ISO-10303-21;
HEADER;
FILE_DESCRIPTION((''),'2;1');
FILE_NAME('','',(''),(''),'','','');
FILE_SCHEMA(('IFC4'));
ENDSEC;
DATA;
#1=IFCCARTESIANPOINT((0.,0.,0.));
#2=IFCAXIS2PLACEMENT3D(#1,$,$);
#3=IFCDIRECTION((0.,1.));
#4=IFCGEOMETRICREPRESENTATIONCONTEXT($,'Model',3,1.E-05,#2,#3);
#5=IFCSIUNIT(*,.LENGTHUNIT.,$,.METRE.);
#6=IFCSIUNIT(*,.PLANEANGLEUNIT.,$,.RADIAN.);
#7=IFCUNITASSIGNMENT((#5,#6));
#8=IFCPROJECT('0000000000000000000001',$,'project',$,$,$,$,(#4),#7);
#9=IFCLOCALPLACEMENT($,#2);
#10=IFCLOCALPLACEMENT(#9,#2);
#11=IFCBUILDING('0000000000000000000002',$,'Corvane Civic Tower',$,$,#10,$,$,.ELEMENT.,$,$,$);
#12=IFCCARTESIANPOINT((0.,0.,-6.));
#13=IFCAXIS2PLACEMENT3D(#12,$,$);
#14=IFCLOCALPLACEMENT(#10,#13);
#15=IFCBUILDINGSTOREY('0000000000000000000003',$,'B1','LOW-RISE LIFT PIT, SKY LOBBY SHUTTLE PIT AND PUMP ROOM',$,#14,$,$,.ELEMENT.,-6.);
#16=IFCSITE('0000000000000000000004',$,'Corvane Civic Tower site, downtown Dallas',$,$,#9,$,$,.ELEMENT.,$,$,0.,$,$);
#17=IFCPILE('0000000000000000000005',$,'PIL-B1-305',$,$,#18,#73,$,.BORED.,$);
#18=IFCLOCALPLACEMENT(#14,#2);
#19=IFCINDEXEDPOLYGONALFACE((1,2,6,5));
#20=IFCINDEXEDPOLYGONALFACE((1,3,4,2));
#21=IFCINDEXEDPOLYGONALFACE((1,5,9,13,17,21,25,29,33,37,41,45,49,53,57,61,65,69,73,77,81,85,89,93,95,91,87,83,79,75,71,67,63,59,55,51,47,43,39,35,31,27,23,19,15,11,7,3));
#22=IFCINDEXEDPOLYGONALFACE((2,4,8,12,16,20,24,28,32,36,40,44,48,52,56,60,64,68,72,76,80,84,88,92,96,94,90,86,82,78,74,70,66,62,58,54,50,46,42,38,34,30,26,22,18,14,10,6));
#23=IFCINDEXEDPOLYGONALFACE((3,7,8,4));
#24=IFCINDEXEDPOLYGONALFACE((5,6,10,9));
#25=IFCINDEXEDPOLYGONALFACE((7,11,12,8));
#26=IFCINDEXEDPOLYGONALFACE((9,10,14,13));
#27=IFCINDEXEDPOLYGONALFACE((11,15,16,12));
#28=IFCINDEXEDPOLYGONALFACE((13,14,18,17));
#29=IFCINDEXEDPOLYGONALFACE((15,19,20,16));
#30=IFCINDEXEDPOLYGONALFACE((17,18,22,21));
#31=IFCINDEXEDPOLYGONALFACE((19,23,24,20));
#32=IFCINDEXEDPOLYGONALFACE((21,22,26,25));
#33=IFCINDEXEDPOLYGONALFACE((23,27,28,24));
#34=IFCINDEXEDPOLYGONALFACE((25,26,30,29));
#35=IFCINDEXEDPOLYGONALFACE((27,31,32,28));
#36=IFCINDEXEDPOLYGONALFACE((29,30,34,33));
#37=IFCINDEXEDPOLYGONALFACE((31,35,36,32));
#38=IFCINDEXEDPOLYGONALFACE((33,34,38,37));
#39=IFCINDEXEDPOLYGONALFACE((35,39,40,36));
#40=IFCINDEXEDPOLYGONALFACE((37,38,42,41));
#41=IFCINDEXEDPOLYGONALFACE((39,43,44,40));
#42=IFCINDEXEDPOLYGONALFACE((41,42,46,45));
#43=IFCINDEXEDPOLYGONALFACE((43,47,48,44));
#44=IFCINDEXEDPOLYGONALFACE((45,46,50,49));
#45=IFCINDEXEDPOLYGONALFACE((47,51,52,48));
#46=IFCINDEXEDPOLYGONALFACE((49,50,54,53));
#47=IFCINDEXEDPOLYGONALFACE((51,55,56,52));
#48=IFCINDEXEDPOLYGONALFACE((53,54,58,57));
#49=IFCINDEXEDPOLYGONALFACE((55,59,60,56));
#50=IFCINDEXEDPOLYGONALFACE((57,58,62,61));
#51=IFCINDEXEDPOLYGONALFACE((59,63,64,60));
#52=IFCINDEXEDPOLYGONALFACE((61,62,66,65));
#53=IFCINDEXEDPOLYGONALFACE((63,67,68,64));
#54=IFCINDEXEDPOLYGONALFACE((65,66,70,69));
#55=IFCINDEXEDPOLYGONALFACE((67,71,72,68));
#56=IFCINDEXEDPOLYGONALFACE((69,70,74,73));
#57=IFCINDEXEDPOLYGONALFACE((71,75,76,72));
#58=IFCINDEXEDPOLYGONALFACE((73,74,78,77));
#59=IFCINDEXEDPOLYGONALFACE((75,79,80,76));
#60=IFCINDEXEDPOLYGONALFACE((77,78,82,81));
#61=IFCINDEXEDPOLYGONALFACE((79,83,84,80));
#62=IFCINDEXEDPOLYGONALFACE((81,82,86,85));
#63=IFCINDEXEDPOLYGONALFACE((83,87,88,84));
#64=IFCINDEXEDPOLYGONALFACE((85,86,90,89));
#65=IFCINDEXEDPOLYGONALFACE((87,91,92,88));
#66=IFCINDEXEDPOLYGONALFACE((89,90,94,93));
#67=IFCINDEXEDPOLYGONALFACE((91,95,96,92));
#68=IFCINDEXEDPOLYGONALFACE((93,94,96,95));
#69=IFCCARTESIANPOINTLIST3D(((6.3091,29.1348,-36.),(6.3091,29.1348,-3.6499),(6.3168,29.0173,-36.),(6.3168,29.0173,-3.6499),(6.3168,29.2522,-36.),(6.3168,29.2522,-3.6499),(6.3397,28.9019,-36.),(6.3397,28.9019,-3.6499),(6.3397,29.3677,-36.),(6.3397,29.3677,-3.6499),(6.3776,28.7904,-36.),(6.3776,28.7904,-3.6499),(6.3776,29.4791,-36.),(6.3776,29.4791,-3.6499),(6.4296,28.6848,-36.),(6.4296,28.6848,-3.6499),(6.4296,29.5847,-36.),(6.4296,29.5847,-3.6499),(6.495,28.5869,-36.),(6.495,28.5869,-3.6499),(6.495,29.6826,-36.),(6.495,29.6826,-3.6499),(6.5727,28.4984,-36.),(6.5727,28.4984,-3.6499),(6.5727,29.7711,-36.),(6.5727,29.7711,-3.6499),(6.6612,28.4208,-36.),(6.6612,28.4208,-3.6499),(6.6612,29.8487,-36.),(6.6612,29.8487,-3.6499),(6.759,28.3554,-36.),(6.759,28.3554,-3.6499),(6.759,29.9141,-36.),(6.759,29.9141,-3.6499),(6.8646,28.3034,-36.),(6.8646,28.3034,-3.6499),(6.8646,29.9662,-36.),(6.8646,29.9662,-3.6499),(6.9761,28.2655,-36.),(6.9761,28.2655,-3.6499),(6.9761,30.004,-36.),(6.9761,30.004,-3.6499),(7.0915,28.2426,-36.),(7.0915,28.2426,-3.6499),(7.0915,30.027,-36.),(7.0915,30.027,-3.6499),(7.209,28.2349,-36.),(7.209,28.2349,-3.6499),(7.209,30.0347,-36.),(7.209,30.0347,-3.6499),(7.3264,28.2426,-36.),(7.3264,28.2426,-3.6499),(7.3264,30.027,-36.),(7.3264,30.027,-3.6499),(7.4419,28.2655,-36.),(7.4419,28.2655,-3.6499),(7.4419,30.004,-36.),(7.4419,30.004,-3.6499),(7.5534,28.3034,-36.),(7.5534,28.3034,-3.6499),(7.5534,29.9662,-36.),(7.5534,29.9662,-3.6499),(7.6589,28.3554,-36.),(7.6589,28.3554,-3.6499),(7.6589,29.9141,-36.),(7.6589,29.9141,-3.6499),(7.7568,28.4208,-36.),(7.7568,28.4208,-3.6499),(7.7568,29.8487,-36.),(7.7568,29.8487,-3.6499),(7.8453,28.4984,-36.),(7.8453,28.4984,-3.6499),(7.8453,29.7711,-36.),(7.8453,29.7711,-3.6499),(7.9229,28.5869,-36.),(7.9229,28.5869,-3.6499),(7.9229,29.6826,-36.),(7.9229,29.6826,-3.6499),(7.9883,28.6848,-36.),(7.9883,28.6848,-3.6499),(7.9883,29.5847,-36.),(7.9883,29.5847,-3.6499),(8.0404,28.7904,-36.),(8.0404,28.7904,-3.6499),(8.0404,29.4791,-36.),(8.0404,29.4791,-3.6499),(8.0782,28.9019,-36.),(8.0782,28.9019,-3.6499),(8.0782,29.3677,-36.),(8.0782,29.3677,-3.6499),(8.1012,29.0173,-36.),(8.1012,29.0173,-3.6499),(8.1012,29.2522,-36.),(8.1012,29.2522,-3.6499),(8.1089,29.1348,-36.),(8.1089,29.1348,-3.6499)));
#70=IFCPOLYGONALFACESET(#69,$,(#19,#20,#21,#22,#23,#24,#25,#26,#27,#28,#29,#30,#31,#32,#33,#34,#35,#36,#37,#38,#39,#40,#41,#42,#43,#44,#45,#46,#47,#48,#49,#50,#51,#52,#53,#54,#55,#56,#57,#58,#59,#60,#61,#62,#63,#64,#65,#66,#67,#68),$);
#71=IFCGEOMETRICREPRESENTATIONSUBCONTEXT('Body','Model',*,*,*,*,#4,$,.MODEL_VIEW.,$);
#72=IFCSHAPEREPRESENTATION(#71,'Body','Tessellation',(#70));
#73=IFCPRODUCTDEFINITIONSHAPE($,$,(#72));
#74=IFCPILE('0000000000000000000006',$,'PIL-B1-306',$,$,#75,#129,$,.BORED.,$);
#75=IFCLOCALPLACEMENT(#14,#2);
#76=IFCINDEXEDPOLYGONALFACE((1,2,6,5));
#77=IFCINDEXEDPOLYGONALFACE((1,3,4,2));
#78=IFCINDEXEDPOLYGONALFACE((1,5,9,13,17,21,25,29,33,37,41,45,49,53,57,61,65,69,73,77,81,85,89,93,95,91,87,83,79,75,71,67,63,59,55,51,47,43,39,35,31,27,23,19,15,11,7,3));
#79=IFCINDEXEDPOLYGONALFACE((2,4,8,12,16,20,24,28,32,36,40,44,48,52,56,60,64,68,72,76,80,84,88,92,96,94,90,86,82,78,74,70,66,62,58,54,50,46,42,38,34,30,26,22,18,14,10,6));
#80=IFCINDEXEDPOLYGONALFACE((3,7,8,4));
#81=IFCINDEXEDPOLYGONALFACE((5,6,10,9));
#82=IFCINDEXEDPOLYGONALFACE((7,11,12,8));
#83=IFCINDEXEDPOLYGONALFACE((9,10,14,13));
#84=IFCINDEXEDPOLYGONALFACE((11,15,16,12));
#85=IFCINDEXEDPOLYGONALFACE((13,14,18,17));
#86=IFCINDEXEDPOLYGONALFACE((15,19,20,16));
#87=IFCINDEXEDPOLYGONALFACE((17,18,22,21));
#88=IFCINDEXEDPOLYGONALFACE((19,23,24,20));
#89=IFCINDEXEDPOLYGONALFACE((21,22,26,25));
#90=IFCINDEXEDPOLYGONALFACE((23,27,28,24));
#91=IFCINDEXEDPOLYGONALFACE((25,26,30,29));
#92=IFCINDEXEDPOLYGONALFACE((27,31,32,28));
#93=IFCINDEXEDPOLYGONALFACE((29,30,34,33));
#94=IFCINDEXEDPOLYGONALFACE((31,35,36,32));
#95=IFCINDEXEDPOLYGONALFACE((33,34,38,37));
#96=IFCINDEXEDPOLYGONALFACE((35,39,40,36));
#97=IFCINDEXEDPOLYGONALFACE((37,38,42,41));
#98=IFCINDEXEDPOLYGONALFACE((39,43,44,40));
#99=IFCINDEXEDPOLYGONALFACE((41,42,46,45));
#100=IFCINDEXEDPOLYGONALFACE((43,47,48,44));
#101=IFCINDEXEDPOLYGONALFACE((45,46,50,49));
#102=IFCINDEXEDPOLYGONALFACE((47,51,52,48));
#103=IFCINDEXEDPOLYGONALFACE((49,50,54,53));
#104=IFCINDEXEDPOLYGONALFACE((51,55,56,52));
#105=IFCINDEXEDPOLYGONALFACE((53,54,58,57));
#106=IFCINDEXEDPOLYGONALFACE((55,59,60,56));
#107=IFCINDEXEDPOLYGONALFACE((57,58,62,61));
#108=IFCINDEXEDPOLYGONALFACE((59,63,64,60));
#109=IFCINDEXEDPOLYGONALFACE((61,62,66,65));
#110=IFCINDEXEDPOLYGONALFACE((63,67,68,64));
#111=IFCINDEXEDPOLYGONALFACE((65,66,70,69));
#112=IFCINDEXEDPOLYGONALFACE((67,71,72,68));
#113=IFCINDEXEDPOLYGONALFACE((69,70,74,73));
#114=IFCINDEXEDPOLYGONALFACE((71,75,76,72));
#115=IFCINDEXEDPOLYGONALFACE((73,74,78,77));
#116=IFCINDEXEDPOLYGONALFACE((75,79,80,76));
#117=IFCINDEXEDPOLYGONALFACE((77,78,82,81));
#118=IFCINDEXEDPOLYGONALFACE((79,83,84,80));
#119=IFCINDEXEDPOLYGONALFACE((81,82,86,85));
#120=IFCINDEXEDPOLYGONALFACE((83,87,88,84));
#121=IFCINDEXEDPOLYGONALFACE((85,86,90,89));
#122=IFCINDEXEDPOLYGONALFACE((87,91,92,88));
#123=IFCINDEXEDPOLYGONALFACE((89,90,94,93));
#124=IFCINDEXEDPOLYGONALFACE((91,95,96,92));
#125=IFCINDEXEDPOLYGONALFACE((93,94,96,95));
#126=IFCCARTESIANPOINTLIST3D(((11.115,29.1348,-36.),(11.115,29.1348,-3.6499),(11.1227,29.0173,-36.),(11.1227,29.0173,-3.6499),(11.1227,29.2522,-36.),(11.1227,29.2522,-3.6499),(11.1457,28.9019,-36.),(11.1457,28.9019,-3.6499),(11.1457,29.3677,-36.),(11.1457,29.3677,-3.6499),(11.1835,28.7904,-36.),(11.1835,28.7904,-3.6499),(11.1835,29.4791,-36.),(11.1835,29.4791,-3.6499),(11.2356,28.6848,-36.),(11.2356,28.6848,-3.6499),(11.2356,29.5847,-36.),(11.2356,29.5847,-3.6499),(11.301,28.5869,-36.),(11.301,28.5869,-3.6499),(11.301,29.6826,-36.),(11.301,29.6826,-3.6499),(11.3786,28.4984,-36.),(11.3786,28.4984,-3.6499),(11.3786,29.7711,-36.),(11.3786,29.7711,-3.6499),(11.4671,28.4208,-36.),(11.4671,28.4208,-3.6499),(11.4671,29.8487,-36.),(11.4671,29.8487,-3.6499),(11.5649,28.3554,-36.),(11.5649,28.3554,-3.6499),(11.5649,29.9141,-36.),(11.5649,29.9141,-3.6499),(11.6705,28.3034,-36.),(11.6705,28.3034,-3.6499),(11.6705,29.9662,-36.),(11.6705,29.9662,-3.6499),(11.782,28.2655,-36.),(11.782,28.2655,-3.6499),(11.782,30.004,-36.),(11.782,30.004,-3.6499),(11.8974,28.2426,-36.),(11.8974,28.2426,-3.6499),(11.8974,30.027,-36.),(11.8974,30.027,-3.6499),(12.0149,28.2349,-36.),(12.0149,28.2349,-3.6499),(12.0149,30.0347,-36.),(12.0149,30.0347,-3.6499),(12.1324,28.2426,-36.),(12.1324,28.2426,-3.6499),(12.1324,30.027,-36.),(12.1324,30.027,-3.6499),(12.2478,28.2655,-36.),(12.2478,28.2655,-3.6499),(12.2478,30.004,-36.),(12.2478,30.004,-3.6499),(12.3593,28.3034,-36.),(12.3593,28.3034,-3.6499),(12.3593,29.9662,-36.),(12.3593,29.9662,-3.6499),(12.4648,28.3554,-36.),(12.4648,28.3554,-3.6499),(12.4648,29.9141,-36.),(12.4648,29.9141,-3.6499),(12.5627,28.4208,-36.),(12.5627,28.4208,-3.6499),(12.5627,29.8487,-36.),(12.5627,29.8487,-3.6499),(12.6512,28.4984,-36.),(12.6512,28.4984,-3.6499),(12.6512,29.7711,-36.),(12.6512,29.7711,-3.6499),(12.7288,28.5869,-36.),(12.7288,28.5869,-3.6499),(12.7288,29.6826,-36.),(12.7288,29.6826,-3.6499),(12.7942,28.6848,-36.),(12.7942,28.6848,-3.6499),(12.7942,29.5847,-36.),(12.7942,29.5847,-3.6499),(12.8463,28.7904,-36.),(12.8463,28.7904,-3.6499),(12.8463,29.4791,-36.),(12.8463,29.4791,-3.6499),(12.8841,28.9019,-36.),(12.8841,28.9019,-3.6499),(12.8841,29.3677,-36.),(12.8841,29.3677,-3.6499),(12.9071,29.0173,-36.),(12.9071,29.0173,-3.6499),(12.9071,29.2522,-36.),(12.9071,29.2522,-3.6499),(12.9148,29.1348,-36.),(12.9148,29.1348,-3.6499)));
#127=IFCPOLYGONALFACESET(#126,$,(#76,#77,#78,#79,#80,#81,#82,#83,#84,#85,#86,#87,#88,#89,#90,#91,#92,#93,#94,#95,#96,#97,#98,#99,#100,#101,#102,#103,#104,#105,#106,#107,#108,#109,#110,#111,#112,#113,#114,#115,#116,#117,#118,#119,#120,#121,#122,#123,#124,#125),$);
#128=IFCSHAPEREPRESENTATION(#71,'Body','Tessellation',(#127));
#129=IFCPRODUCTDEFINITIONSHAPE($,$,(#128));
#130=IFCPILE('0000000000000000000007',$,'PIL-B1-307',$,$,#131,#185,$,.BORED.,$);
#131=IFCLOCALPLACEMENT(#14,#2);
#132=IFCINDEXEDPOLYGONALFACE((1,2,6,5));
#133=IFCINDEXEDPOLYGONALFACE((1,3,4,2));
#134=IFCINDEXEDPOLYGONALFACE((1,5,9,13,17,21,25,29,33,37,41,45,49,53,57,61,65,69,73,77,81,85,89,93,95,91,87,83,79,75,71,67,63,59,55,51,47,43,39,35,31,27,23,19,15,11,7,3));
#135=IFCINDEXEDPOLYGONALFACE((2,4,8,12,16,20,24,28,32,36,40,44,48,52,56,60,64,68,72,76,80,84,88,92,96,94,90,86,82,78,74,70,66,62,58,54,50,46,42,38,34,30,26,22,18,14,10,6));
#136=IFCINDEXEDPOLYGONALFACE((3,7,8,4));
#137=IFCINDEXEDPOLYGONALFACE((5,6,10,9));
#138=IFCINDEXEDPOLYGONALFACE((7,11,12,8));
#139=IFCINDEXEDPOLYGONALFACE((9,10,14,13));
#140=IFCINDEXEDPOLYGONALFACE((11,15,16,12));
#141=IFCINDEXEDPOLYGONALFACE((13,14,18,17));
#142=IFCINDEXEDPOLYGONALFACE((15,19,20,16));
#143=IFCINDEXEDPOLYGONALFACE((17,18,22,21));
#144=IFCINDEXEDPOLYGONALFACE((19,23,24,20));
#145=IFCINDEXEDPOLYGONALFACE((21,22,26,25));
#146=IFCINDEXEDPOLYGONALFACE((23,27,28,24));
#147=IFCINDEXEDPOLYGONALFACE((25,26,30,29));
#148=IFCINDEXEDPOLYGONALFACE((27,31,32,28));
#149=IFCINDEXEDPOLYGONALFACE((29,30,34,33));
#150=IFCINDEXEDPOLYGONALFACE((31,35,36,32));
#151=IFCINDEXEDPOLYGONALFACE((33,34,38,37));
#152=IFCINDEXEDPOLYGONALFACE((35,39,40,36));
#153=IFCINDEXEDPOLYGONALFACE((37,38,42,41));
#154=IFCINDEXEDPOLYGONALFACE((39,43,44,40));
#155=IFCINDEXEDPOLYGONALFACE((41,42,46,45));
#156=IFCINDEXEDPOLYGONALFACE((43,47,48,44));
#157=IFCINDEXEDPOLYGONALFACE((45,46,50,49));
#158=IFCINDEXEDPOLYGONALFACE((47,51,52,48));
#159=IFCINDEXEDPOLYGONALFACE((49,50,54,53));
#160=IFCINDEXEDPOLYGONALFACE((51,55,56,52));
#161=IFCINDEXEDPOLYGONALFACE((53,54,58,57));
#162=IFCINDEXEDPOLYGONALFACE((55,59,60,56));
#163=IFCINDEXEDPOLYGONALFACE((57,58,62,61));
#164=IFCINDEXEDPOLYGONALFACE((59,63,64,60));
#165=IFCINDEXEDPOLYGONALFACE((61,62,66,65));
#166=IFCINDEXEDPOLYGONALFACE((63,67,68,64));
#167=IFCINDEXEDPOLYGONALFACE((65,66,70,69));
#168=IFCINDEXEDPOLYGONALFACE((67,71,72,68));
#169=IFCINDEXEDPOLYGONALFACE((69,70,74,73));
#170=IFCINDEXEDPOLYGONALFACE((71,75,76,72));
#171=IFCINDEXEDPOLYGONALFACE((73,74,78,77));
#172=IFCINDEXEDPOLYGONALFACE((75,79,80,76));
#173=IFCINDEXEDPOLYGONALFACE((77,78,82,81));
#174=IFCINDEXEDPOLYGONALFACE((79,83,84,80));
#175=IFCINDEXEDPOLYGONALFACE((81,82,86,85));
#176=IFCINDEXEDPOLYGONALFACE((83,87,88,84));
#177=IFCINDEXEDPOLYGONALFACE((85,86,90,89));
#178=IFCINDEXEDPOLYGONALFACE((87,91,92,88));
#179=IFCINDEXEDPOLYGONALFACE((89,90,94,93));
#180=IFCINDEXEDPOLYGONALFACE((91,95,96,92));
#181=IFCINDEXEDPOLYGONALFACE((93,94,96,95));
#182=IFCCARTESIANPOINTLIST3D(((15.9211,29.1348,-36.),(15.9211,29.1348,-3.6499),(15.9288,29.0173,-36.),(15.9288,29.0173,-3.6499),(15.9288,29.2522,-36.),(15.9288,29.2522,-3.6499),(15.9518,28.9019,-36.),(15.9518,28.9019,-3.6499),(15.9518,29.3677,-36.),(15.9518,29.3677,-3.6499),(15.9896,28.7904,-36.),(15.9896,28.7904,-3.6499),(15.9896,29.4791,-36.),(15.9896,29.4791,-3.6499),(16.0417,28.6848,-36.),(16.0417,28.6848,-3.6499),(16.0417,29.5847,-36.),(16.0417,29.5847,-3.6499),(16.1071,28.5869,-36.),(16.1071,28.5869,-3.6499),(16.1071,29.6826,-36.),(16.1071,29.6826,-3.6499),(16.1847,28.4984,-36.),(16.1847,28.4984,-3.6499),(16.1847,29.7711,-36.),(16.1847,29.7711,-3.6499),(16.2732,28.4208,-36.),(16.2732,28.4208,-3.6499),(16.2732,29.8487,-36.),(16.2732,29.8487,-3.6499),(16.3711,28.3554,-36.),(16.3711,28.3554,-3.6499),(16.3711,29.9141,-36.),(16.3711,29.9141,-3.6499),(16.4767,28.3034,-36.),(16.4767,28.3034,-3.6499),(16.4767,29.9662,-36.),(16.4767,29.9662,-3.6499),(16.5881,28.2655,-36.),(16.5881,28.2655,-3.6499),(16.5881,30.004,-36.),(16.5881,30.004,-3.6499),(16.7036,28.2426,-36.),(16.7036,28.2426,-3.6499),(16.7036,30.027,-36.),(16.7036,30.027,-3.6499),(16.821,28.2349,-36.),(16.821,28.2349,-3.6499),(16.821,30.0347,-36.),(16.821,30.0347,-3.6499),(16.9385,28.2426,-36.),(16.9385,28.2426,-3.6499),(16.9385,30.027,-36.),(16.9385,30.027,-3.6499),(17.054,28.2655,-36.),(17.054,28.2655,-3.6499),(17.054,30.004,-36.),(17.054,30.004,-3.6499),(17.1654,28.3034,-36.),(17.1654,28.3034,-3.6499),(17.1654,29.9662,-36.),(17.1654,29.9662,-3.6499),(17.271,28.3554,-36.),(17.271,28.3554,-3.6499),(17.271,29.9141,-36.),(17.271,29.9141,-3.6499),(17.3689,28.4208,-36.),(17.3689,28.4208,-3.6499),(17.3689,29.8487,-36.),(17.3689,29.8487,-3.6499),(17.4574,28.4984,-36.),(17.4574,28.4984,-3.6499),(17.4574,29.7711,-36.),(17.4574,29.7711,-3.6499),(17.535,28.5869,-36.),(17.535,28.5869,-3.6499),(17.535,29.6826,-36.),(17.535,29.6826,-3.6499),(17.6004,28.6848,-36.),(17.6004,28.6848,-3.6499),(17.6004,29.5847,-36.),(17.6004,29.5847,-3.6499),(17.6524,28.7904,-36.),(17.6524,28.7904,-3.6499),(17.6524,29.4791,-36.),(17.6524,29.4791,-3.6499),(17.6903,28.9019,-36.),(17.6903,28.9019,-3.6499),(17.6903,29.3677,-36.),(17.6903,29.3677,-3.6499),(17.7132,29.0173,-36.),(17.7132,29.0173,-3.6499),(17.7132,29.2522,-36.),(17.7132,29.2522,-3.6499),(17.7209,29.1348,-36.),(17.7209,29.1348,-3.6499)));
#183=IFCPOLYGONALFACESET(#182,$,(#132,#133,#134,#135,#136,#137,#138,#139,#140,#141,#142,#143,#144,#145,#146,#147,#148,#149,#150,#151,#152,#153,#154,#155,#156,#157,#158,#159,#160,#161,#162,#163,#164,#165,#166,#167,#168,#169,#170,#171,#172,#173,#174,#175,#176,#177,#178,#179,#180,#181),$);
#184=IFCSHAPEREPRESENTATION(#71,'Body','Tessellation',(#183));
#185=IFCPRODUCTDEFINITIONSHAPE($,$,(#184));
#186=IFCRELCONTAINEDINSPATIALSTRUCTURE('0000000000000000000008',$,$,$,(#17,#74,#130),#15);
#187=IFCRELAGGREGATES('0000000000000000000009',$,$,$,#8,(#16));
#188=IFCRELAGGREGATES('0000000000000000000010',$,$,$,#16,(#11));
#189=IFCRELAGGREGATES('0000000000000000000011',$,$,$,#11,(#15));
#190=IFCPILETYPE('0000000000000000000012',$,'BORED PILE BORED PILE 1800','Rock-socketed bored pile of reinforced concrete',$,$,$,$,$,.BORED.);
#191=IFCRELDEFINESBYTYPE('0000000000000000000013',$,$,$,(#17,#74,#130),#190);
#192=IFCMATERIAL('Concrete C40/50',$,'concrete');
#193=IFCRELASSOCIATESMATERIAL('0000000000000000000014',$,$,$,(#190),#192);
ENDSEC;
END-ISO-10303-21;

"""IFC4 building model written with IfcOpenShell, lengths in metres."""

from ifc_helpers import new_model, si_unit, direction, frame, origin, origin_2d, place, context, subcontext, project, spatial, circle, extrude, material, material_profile, profile_set, type_object, element, save


model = new_model("IFC4")

# Units and contexts
model_context = context("Model", 3, precision=1e-05, world=origin(), true_north=direction((0.0, 1.0)))
body_context = subcontext(model_context, "Body", "Model", "MODEL_VIEW")
ifc_project = project(units=[si_unit("LENGTHUNIT", "METRE"), si_unit("PLANEANGLEUNIT", "RADIAN")], contexts=[model_context])

# Site, building, storey
site_placement = place(None, origin())
site = spatial("IfcSite", under=ifc_project, at=site_placement, Name="Corvane Civic Tower site, downtown Dallas", CompositionType="ELEMENT", RefElevation=0.0)
building_placement = place(site_placement, origin())
building = spatial("IfcBuilding", under=site, at=building_placement, Name="Corvane Civic Tower", CompositionType="ELEMENT")
storey_placement = place(building_placement, frame((0.0, 0.0, -6.0)))
storey = spatial("IfcBuildingStorey", under=building, at=storey_placement, Name="B1", Description="LOW-RISE LIFT PIT, SKY LOBBY SHUTTLE PIT AND PUMP ROOM", CompositionType="ELEMENT", Elevation=-6.0)

# Piles
ifc_material_1 = material(Name="Concrete C40/50", Category="concrete")
ifc_material_profile_1 = material_profile(ifc_material_1, circle(Radius=0.8999, at=origin_2d()), Name="BORED PILE 1800")
ifc_profile_set_1 = profile_set([ifc_material_profile_1], Name="Concrete C40/50")
pile_type_1 = type_object("IfcPileType", Name="BORED PILE BORED PILE 1800", Description="Rock-socketed bored pile of reinforced concrete", PredefinedType="BORED", material=ifc_profile_set_1)
for number, where, z_axis, x_axis, name in (
    (1, (7.209, 29.1348, -3.6499), (0.0, 0.0, -1.0), (1.0, 0.0, 0.0), "PIL-B1-305"),
    (2, (12.0149, 29.1348, -3.6499), (0.0, 0.0, -1.0), (1.0, 0.0, 0.0), "PIL-B1-306"),
    (3, (16.821, 29.1348, -3.6499), (0.0, 0.0, -1.0), (1.0, 0.0, 0.0), "PIL-B1-307"),
):
    element("IfcPile", number, at=place(storey_placement, frame(where, z_axis=z_axis, x_axis=x_axis)), inside=storey, type_object=pile_type_1, Name=name, PredefinedType="BORED", context=body_context, shape_type="SweptSolid", body=[
        extrude(circle(Radius=0.8999, at=origin_2d()), origin(), (0.0, 0.0, 1.0), 32.3501),
    ])

save(model, "model.ifc")
